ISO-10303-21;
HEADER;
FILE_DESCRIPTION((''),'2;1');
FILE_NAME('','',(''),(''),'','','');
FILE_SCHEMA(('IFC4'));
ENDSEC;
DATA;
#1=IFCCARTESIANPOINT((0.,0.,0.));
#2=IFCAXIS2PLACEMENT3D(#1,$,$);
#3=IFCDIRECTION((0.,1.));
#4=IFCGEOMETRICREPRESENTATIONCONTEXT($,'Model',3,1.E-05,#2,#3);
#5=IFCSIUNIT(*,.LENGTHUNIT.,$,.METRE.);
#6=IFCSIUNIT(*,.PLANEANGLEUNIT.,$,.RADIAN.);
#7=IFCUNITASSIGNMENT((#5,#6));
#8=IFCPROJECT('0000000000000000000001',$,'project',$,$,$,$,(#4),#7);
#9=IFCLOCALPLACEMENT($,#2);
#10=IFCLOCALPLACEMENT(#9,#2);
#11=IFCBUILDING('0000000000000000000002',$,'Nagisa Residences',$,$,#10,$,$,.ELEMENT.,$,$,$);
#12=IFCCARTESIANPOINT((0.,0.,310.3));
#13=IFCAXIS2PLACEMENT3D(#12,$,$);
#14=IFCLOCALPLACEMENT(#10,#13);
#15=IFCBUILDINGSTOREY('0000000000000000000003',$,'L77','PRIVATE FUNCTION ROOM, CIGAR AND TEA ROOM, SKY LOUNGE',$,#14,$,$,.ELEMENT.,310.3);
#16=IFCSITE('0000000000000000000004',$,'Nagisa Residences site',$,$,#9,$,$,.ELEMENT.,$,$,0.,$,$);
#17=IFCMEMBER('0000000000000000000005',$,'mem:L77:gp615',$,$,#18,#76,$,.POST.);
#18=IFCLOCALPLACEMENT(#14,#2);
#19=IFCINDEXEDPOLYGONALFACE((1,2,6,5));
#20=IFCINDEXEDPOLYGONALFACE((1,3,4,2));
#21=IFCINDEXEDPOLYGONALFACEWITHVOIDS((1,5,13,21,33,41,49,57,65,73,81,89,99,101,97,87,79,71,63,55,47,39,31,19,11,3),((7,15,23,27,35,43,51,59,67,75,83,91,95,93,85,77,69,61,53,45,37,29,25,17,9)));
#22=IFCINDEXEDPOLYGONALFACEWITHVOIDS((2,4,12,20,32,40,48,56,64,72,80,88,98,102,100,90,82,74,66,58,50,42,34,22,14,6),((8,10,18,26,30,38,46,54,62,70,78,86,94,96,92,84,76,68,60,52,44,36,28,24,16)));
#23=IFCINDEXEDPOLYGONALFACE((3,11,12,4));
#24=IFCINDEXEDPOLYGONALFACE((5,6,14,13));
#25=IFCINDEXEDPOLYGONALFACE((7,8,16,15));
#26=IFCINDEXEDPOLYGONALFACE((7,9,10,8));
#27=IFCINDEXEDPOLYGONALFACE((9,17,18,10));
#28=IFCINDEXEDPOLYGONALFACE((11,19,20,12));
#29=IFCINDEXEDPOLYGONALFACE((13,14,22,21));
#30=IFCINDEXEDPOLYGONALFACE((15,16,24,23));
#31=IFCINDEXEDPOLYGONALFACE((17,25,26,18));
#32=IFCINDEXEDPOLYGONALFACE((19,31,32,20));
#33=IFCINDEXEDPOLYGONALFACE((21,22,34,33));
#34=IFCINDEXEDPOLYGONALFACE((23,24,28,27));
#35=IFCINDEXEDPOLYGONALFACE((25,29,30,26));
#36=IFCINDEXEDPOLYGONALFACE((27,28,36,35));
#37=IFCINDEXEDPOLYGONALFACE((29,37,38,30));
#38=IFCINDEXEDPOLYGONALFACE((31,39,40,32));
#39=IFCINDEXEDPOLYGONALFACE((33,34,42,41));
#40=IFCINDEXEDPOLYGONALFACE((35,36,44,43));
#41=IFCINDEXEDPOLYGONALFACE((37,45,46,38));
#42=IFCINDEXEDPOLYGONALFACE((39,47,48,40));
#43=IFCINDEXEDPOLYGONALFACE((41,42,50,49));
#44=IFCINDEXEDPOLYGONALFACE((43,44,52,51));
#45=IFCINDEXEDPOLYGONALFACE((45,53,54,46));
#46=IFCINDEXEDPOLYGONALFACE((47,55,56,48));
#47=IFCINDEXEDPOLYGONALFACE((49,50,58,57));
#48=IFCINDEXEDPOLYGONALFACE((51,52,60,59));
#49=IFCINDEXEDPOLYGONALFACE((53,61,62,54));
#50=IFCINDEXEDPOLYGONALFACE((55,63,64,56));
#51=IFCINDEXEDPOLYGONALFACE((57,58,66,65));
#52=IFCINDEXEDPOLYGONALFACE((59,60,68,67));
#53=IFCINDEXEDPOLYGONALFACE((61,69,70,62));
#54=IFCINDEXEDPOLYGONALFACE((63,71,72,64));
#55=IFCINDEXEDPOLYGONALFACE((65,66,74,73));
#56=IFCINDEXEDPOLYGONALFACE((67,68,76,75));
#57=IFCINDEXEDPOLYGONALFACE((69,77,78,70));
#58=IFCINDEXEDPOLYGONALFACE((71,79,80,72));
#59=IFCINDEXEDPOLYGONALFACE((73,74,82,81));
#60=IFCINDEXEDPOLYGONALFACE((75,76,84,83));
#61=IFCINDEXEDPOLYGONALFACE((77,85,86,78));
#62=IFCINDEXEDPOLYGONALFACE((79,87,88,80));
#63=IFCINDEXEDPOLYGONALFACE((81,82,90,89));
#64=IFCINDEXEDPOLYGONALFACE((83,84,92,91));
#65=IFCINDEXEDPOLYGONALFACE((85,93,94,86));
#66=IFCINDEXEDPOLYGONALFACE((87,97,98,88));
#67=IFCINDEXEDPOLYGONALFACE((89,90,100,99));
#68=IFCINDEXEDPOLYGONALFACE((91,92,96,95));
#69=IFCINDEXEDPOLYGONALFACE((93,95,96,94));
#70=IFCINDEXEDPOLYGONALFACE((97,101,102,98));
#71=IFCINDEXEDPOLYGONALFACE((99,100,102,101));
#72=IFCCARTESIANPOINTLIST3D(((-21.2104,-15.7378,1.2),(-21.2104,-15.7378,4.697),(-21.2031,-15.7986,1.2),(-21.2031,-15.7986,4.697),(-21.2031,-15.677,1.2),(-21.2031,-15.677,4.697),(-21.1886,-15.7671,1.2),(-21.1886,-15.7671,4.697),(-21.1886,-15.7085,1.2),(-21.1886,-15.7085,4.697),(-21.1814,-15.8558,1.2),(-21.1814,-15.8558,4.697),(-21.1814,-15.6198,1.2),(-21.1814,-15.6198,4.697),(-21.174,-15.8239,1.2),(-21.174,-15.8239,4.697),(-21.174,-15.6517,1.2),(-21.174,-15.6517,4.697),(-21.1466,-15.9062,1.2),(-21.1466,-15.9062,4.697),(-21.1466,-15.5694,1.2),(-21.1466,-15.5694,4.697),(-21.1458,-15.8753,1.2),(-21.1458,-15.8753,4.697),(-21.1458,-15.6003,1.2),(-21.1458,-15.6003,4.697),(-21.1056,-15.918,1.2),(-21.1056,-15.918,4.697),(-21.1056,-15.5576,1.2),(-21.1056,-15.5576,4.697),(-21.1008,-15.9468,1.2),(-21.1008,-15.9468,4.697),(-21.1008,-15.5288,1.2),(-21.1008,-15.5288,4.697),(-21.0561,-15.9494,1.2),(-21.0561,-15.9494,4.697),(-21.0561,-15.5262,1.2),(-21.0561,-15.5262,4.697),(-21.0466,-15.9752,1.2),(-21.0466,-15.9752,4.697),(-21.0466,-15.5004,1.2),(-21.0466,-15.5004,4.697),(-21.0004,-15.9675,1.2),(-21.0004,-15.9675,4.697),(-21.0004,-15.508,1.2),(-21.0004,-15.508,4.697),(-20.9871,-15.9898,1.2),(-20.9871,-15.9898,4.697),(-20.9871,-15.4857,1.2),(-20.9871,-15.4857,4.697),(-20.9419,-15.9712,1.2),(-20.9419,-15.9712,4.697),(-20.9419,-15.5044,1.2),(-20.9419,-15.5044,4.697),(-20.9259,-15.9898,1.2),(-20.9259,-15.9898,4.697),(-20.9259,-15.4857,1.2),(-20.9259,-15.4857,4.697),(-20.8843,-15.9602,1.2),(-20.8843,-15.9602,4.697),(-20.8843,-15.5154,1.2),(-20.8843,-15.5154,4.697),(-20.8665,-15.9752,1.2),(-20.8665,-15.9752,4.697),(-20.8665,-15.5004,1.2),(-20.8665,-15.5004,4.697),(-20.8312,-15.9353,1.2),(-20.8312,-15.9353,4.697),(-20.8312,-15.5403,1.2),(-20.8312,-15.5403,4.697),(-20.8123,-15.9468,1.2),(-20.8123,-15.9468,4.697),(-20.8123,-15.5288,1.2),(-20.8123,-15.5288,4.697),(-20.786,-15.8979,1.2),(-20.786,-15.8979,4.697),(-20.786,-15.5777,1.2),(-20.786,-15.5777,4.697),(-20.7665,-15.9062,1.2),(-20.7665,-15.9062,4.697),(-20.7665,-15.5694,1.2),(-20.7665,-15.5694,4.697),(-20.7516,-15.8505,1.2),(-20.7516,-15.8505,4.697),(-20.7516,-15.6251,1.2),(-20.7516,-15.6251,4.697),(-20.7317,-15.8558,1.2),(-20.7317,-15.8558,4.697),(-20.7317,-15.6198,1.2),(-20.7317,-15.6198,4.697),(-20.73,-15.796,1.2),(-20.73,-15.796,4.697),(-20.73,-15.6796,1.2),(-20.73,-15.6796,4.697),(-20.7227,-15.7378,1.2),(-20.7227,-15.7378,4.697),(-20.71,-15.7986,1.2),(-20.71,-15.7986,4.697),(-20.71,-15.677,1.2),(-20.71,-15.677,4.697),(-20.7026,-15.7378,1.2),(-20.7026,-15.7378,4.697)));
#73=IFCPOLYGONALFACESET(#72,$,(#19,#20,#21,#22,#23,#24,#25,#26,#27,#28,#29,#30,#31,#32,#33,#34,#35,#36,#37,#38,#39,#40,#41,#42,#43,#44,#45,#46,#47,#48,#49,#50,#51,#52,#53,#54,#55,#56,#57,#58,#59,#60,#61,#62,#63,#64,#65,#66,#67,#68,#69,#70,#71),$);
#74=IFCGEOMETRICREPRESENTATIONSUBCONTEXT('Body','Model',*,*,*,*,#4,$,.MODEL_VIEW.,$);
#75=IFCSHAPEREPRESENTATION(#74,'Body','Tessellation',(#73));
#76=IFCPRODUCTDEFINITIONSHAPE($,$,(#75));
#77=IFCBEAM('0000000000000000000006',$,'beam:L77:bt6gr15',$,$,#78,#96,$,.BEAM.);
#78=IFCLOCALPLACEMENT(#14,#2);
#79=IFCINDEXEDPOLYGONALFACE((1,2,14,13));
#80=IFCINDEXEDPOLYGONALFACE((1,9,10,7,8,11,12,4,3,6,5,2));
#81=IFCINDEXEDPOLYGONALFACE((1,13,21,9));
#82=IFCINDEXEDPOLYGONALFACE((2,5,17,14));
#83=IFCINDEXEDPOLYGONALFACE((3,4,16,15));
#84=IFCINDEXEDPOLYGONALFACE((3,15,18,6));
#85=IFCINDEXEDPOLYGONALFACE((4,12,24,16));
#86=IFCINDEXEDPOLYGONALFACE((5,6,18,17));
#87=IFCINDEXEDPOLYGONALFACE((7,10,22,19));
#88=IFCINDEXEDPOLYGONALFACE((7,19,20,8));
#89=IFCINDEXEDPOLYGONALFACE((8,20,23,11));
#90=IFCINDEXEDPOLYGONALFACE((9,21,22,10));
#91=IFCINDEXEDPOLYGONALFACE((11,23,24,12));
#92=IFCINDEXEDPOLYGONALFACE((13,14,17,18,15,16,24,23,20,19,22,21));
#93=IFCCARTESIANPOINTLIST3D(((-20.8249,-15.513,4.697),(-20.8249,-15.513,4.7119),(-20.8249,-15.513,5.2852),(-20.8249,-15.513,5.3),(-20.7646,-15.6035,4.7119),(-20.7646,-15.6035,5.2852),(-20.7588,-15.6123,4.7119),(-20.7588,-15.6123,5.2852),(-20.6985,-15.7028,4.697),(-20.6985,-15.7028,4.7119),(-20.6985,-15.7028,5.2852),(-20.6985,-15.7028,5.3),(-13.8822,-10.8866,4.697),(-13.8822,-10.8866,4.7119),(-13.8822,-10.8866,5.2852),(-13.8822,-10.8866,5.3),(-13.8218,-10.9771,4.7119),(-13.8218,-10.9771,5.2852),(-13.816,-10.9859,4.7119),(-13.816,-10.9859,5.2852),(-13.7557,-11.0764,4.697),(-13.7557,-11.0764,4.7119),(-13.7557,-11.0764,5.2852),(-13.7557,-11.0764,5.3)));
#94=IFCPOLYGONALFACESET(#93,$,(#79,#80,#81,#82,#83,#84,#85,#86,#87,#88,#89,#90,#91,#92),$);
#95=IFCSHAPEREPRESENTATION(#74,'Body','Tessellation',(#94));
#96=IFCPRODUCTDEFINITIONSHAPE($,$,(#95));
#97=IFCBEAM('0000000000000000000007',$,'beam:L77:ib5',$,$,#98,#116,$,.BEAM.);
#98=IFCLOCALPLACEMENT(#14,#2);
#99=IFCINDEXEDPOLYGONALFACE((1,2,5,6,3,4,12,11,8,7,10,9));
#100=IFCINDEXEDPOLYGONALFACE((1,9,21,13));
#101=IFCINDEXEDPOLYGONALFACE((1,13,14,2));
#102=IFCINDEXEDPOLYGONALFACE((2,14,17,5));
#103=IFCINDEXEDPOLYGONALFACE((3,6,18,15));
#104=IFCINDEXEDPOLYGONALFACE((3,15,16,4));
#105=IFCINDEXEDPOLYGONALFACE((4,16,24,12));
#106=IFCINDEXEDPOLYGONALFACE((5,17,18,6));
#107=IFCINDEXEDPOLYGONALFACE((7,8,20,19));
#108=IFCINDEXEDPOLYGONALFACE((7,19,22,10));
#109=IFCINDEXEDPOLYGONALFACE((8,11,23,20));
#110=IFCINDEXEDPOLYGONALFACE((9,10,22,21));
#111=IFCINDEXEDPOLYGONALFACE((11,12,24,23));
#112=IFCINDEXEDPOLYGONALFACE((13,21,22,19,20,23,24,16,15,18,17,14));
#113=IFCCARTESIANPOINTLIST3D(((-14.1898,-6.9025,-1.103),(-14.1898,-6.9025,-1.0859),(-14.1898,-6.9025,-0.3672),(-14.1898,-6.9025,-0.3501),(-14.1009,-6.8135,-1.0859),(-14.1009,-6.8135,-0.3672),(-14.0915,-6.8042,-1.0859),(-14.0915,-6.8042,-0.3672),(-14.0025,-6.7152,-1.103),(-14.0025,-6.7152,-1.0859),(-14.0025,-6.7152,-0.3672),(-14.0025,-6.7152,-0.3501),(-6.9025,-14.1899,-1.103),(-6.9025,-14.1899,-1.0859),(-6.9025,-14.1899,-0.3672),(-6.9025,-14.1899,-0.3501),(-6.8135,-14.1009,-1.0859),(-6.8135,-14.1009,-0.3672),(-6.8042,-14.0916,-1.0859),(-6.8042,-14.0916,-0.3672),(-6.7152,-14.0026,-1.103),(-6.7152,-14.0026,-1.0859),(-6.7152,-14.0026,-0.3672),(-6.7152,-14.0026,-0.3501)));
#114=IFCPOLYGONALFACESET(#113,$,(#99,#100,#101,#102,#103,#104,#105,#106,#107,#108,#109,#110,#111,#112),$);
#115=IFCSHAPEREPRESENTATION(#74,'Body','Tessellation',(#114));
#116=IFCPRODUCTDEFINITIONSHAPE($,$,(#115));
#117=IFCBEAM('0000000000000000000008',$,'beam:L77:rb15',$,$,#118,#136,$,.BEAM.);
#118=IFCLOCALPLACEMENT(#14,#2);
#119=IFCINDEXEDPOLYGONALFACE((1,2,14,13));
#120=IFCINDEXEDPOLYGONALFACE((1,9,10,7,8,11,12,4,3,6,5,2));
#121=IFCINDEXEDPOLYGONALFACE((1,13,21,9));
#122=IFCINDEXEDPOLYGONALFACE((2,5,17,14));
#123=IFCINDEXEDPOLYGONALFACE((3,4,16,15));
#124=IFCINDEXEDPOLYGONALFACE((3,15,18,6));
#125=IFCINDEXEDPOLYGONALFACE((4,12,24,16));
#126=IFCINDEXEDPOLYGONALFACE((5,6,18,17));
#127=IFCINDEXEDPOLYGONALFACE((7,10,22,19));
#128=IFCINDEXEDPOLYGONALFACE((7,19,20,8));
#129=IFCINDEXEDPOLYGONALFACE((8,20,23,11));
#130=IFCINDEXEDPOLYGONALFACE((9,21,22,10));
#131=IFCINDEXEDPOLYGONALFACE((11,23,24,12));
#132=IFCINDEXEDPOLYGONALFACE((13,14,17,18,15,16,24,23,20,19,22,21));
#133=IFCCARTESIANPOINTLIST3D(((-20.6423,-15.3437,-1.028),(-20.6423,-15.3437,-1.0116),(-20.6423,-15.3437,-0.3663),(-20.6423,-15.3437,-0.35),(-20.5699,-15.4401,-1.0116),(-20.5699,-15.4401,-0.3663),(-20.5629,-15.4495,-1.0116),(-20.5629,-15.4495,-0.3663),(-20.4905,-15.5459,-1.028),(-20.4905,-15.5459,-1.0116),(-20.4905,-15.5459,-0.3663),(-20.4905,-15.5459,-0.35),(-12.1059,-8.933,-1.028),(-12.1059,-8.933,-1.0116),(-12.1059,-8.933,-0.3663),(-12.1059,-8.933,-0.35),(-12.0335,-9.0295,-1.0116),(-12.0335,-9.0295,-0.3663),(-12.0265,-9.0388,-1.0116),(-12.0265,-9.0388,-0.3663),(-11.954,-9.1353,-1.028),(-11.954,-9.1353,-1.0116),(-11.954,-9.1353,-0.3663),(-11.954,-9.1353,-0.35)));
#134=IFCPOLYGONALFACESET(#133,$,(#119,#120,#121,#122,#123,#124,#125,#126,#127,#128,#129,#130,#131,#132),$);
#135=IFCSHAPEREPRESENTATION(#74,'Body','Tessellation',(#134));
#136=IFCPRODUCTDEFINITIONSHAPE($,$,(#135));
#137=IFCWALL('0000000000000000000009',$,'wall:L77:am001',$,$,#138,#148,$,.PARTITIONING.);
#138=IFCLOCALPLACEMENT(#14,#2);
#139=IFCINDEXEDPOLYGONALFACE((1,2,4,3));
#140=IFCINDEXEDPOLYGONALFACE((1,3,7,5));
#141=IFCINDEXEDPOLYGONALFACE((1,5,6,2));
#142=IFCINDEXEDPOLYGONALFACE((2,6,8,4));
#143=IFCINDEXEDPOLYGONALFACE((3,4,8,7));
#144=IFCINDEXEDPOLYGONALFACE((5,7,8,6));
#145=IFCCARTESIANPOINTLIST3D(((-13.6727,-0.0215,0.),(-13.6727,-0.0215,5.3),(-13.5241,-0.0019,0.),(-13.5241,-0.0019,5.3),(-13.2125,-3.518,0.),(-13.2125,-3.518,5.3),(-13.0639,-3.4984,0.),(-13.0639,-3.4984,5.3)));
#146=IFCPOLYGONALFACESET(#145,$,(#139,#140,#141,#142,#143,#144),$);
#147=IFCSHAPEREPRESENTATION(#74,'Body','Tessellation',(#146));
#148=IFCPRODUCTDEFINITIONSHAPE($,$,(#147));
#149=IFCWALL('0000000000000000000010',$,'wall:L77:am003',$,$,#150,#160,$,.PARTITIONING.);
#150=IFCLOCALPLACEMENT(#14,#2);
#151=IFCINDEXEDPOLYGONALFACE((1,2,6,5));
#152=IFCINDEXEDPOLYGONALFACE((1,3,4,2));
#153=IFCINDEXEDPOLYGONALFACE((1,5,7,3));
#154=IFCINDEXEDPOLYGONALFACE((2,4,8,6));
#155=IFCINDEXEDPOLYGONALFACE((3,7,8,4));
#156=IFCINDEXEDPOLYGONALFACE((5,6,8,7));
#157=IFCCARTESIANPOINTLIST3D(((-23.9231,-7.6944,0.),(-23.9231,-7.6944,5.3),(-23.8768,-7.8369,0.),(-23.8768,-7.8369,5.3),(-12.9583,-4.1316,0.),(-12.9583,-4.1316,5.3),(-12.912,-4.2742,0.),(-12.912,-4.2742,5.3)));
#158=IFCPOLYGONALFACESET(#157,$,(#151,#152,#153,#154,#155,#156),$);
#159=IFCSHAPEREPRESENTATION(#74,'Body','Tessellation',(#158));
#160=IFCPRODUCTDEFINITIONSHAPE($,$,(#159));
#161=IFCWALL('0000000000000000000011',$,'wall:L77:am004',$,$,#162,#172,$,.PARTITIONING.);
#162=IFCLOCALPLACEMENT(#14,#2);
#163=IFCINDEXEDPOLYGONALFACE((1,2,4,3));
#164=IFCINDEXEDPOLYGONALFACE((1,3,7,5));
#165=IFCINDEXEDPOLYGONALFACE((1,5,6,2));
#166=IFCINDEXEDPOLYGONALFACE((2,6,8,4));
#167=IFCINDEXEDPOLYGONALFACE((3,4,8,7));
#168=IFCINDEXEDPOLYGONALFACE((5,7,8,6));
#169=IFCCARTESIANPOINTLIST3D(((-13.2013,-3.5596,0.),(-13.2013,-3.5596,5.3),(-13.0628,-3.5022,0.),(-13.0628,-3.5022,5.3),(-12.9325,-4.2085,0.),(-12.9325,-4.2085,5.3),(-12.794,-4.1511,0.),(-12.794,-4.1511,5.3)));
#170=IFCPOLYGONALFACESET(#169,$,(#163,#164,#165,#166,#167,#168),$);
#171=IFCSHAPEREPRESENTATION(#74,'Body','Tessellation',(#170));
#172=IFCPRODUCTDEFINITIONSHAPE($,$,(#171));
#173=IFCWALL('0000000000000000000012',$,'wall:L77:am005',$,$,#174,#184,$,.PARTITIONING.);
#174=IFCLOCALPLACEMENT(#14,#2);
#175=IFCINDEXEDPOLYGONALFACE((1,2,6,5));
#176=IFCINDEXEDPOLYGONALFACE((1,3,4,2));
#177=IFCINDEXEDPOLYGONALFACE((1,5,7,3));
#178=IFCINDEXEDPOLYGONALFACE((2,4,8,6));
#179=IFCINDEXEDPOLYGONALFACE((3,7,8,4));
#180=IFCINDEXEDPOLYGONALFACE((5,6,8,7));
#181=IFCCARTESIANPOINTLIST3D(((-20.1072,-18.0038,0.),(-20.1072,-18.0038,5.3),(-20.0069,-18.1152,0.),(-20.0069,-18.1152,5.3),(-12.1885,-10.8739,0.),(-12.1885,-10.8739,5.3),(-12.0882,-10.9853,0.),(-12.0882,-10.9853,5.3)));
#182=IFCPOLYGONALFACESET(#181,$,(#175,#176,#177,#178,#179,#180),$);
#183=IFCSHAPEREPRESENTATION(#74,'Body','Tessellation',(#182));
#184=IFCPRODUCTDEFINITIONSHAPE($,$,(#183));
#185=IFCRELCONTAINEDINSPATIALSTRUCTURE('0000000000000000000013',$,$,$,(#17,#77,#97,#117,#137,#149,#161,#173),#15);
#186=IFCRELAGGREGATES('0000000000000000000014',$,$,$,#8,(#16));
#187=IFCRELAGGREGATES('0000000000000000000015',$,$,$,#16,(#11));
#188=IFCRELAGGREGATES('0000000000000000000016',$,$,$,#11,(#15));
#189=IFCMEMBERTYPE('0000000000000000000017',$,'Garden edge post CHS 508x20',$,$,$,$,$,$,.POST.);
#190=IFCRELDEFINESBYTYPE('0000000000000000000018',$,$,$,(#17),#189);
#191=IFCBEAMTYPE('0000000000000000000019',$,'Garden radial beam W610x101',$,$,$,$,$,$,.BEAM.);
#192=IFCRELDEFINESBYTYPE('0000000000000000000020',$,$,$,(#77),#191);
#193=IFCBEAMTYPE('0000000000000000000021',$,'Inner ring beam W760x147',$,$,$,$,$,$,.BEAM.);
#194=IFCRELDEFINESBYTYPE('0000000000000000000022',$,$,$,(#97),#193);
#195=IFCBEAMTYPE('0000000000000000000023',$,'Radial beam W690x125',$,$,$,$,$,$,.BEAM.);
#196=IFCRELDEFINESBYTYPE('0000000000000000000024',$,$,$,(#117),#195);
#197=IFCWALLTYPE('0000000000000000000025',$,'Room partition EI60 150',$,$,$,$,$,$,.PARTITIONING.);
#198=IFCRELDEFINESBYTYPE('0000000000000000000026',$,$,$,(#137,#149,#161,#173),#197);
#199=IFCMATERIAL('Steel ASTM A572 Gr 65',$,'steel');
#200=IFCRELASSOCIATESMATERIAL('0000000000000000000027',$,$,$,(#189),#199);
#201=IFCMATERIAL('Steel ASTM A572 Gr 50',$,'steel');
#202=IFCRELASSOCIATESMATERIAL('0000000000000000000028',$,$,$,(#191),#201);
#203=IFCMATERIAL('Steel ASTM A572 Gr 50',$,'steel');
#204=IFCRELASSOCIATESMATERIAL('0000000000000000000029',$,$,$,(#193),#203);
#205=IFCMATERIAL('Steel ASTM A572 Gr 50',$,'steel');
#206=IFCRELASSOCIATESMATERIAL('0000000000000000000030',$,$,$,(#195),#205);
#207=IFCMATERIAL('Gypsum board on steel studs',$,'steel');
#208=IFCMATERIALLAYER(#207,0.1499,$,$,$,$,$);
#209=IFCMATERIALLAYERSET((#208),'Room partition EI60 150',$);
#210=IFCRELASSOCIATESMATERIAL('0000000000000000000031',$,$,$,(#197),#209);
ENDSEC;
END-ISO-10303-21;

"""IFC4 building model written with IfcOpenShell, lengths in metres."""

from ifc_helpers import new_model, si_unit, direction, frame, frame_2d, origin, origin_2d, place, context, subcontext, project, spatial, rectangle, hollow_circle, i_section, extrude, material, layer, layer_set, material_profile, profile_set, type_object, element, save


model = new_model("IFC4")

# Units and contexts
model_context = context("Model", 3, precision=1e-05, world=origin(), true_north=direction((0.0, 1.0)))
body_context = subcontext(model_context, "Body", "Model", "MODEL_VIEW")
ifc_project = project(units=[si_unit("LENGTHUNIT", "METRE"), si_unit("PLANEANGLEUNIT", "RADIAN")], contexts=[model_context])

# Site, building, storey
site_placement = place(None, origin())
site = spatial("IfcSite", under=ifc_project, at=site_placement, Name="Nagisa Residences site", CompositionType="ELEMENT", RefElevation=0.0)
building_placement = place(site_placement, origin())
building = spatial("IfcBuilding", under=site, at=building_placement, Name="Nagisa Residences", CompositionType="ELEMENT")
storey_placement = place(building_placement, frame((0.0, 0.0, 310.3)))
storey = spatial("IfcBuildingStorey", under=building, at=storey_placement, Name="L77", Description="PRIVATE FUNCTION ROOM, CIGAR AND TEA ROOM, SKY LOUNGE", CompositionType="ELEMENT", Elevation=310.3)

# Member
ifc_material_1 = material(Name="Steel ASTM A572 Gr 65", Category="steel")
ifc_material_profile_1 = material_profile(ifc_material_1, hollow_circle(Radius=0.2539, WallThickness=0.02, at=origin_2d()), Name="CHS 508x20")
ifc_profile_set_1 = profile_set([ifc_material_profile_1], Name="Steel ASTM A572 Gr 65")
member_type = type_object("IfcMemberType", Name="Garden edge post CHS 508x20", PredefinedType="POST", material=ifc_profile_set_1)
member_placement = place(storey_placement, frame((-20.9565, -15.7378, 1.2), z_axis=(0.0, 0.0, 1.0), x_axis=(1.0, 0.0, 0.0)))
element("IfcMember", 1, at=member_placement, inside=storey, type_object=member_type, Name="mem:L77:gp615", PredefinedType="POST", context=body_context, shape_type="SweptSolid", body=[
    extrude(hollow_circle(Radius=0.2539, WallThickness=0.02, at=origin_2d()), origin(), (0.0, 0.0, 1.0), 3.4971),
])

# Beams
ifc_material_2 = material(Name="Steel ASTM A572 Gr 50", Category="steel")
ifc_material_profile_2 = material_profile(ifc_material_2, i_section(OverallWidth=0.228, OverallDepth=0.603, WebThickness=0.0105, FlangeThickness=0.0149, at=origin_2d()), Name="W610x101")
ifc_profile_set_2 = profile_set([ifc_material_profile_2], Name="Steel ASTM A572 Gr 50")
beam_type_1 = type_object("IfcBeamType", Name="Garden radial beam W610x101", PredefinedType="BEAM", material=ifc_profile_set_2)
beam_1_placement = place(storey_placement, frame((-20.7617, -15.6079, 4.9985), z_axis=(0.832167, 0.554525, 0.0), x_axis=(-0.554525, 0.832167, 0.0)))
element("IfcBeam", 2, at=beam_1_placement, inside=storey, type_object=beam_type_1, Name="beam:L77:bt6gr15", PredefinedType="BEAM", context=body_context, shape_type="SweptSolid", body=[
    extrude(i_section(OverallWidth=0.228, OverallDepth=0.603, WebThickness=0.0105, FlangeThickness=0.0149, at=origin_2d()), origin(), (0.0, 0.0, 1.0), 8.343),
])
ifc_material_3 = material(Name="Steel ASTM A572 Gr 50", Category="steel")
ifc_material_profile_3 = material_profile(ifc_material_3, i_section(OverallWidth=0.2649, OverallDepth=0.7529, WebThickness=0.0132, FlangeThickness=0.0171, at=origin_2d()), Name="W760x147")
ifc_profile_set_3 = profile_set([ifc_material_profile_3], Name="Steel ASTM A572 Gr 50")
beam_type_2 = type_object("IfcBeamType", Name="Inner ring beam W760x147", PredefinedType="BEAM", material=ifc_profile_set_3)
beam_2_placement = place(storey_placement, frame((-14.0962, -6.8088, -0.7266), z_axis=(0.707107, -0.707107, 0.0), x_axis=(0.707107, 0.707107, 0.0)))
element("IfcBeam", 3, at=beam_2_placement, inside=storey, type_object=beam_type_2, Name="beam:L77:ib5", PredefinedType="BEAM", context=body_context, shape_type="SweptSolid", body=[
    extrude(i_section(OverallWidth=0.2649, OverallDepth=0.7529, WebThickness=0.0132, FlangeThickness=0.0171, at=origin_2d()), origin(), (0.0, 0.0, 1.0), 10.3059),
])
ifc_material_4 = material(Name="Steel ASTM A572 Gr 50", Category="steel")
ifc_material_profile_4 = material_profile(ifc_material_4, i_section(OverallWidth=0.2529, OverallDepth=0.678, WebThickness=0.0117, FlangeThickness=0.0164, at=origin_2d()), Name="W690x125")
ifc_profile_set_4 = profile_set([ifc_material_profile_4], Name="Steel ASTM A572 Gr 50")
beam_type_3 = type_object("IfcBeamType", Name="Radial beam W690x125", PredefinedType="BEAM", material=ifc_profile_set_4)
beam_3_placement = place(storey_placement, frame((-20.5664, -15.4448, -0.689), z_axis=(0.799624, 0.600501, 0.0), x_axis=(-0.600501, 0.799624, 0.0)))
element("IfcBeam", 4, at=beam_3_placement, inside=storey, type_object=beam_type_3, Name="beam:L77:rb15", PredefinedType="BEAM", context=body_context, shape_type="SweptSolid", body=[
    extrude(i_section(OverallWidth=0.2529, OverallDepth=0.678, WebThickness=0.0117, FlangeThickness=0.0164, at=origin_2d()), origin(), (0.0, 0.0, 1.0), 10.6755),
])

# Walls
ifc_material_5 = material(Name="Gypsum board on steel studs", Category="steel")
ifc_layer_1 = layer(ifc_material_5, 0.1499)
ifc_layer_set_1 = layer_set([ifc_layer_1], Name="Room partition EI60 150")
wall_type = type_object("IfcWallType", Name="Room partition EI60 150", PredefinedType="PARTITIONING", material=ifc_layer_set_1)
wall_1_placement = place(storey_placement, frame((-13.1382, -3.5081, 0.0), z_axis=(0.0, 0.0, 1.0), x_axis=(-0.130499, 0.991448, 0.0)))
element("IfcWall", 5, at=wall_1_placement, inside=storey, type_object=wall_type, Name="wall:L77:am001", PredefinedType="PARTITIONING", context=body_context, shape_type="SweptSolid", body=[
    extrude(rectangle(XDim=3.5266, YDim=0.1499, at=frame_2d((1.7632, 0.0))), origin(), (0.0, 0.0, 1.0), 5.3),
])
wall_2_placement = place(storey_placement, frame((-12.9351, -4.2029, 0.0), z_axis=(0.0, 0.0, 1.0), x_axis=(-0.951055, -0.309021, 0.0)))
element("IfcWall", 6, at=wall_2_placement, inside=storey, type_object=wall_type, Name="wall:L77:am003", PredefinedType="PARTITIONING", context=body_context, shape_type="SweptSolid", body=[
    extrude(rectangle(XDim=11.5291, YDim=0.1499, at=frame_2d((5.7646, 0.0))), origin(), (0.0, 0.0, 1.0), 5.3),
])
wall_3_placement = place(storey_placement, frame((-12.8633, -4.1797, 0.0), z_axis=(0.0, 0.0, 1.0), x_axis=(-0.382689, 0.923877, 0.0)))
element("IfcWall", 7, at=wall_3_placement, inside=storey, type_object=wall_type, Name="wall:L77:am004", PredefinedType="PARTITIONING", context=body_context, shape_type="SweptSolid", body=[
    extrude(rectangle(XDim=0.7024, YDim=0.1499, at=frame_2d((0.3511, 0.0))), origin(), (0.0, 0.0, 1.0), 5.3),
])
wall_4_placement = place(storey_placement, frame((-12.1384, -10.9297, 0.0), z_axis=(0.0, 0.0, 1.0), x_axis=(-0.743152, -0.669123, 0.0)))
element("IfcWall", 8, at=wall_4_placement, inside=storey, type_object=wall_type, Name="wall:L77:am005", PredefinedType="PARTITIONING", context=body_context, shape_type="SweptSolid", body=[
    extrude(rectangle(XDim=10.6555, YDim=0.1499, at=frame_2d((5.3276, 0.0))), origin(), (0.0, 0.0, 1.0), 5.3),
])

save(model, "model.ifc")
